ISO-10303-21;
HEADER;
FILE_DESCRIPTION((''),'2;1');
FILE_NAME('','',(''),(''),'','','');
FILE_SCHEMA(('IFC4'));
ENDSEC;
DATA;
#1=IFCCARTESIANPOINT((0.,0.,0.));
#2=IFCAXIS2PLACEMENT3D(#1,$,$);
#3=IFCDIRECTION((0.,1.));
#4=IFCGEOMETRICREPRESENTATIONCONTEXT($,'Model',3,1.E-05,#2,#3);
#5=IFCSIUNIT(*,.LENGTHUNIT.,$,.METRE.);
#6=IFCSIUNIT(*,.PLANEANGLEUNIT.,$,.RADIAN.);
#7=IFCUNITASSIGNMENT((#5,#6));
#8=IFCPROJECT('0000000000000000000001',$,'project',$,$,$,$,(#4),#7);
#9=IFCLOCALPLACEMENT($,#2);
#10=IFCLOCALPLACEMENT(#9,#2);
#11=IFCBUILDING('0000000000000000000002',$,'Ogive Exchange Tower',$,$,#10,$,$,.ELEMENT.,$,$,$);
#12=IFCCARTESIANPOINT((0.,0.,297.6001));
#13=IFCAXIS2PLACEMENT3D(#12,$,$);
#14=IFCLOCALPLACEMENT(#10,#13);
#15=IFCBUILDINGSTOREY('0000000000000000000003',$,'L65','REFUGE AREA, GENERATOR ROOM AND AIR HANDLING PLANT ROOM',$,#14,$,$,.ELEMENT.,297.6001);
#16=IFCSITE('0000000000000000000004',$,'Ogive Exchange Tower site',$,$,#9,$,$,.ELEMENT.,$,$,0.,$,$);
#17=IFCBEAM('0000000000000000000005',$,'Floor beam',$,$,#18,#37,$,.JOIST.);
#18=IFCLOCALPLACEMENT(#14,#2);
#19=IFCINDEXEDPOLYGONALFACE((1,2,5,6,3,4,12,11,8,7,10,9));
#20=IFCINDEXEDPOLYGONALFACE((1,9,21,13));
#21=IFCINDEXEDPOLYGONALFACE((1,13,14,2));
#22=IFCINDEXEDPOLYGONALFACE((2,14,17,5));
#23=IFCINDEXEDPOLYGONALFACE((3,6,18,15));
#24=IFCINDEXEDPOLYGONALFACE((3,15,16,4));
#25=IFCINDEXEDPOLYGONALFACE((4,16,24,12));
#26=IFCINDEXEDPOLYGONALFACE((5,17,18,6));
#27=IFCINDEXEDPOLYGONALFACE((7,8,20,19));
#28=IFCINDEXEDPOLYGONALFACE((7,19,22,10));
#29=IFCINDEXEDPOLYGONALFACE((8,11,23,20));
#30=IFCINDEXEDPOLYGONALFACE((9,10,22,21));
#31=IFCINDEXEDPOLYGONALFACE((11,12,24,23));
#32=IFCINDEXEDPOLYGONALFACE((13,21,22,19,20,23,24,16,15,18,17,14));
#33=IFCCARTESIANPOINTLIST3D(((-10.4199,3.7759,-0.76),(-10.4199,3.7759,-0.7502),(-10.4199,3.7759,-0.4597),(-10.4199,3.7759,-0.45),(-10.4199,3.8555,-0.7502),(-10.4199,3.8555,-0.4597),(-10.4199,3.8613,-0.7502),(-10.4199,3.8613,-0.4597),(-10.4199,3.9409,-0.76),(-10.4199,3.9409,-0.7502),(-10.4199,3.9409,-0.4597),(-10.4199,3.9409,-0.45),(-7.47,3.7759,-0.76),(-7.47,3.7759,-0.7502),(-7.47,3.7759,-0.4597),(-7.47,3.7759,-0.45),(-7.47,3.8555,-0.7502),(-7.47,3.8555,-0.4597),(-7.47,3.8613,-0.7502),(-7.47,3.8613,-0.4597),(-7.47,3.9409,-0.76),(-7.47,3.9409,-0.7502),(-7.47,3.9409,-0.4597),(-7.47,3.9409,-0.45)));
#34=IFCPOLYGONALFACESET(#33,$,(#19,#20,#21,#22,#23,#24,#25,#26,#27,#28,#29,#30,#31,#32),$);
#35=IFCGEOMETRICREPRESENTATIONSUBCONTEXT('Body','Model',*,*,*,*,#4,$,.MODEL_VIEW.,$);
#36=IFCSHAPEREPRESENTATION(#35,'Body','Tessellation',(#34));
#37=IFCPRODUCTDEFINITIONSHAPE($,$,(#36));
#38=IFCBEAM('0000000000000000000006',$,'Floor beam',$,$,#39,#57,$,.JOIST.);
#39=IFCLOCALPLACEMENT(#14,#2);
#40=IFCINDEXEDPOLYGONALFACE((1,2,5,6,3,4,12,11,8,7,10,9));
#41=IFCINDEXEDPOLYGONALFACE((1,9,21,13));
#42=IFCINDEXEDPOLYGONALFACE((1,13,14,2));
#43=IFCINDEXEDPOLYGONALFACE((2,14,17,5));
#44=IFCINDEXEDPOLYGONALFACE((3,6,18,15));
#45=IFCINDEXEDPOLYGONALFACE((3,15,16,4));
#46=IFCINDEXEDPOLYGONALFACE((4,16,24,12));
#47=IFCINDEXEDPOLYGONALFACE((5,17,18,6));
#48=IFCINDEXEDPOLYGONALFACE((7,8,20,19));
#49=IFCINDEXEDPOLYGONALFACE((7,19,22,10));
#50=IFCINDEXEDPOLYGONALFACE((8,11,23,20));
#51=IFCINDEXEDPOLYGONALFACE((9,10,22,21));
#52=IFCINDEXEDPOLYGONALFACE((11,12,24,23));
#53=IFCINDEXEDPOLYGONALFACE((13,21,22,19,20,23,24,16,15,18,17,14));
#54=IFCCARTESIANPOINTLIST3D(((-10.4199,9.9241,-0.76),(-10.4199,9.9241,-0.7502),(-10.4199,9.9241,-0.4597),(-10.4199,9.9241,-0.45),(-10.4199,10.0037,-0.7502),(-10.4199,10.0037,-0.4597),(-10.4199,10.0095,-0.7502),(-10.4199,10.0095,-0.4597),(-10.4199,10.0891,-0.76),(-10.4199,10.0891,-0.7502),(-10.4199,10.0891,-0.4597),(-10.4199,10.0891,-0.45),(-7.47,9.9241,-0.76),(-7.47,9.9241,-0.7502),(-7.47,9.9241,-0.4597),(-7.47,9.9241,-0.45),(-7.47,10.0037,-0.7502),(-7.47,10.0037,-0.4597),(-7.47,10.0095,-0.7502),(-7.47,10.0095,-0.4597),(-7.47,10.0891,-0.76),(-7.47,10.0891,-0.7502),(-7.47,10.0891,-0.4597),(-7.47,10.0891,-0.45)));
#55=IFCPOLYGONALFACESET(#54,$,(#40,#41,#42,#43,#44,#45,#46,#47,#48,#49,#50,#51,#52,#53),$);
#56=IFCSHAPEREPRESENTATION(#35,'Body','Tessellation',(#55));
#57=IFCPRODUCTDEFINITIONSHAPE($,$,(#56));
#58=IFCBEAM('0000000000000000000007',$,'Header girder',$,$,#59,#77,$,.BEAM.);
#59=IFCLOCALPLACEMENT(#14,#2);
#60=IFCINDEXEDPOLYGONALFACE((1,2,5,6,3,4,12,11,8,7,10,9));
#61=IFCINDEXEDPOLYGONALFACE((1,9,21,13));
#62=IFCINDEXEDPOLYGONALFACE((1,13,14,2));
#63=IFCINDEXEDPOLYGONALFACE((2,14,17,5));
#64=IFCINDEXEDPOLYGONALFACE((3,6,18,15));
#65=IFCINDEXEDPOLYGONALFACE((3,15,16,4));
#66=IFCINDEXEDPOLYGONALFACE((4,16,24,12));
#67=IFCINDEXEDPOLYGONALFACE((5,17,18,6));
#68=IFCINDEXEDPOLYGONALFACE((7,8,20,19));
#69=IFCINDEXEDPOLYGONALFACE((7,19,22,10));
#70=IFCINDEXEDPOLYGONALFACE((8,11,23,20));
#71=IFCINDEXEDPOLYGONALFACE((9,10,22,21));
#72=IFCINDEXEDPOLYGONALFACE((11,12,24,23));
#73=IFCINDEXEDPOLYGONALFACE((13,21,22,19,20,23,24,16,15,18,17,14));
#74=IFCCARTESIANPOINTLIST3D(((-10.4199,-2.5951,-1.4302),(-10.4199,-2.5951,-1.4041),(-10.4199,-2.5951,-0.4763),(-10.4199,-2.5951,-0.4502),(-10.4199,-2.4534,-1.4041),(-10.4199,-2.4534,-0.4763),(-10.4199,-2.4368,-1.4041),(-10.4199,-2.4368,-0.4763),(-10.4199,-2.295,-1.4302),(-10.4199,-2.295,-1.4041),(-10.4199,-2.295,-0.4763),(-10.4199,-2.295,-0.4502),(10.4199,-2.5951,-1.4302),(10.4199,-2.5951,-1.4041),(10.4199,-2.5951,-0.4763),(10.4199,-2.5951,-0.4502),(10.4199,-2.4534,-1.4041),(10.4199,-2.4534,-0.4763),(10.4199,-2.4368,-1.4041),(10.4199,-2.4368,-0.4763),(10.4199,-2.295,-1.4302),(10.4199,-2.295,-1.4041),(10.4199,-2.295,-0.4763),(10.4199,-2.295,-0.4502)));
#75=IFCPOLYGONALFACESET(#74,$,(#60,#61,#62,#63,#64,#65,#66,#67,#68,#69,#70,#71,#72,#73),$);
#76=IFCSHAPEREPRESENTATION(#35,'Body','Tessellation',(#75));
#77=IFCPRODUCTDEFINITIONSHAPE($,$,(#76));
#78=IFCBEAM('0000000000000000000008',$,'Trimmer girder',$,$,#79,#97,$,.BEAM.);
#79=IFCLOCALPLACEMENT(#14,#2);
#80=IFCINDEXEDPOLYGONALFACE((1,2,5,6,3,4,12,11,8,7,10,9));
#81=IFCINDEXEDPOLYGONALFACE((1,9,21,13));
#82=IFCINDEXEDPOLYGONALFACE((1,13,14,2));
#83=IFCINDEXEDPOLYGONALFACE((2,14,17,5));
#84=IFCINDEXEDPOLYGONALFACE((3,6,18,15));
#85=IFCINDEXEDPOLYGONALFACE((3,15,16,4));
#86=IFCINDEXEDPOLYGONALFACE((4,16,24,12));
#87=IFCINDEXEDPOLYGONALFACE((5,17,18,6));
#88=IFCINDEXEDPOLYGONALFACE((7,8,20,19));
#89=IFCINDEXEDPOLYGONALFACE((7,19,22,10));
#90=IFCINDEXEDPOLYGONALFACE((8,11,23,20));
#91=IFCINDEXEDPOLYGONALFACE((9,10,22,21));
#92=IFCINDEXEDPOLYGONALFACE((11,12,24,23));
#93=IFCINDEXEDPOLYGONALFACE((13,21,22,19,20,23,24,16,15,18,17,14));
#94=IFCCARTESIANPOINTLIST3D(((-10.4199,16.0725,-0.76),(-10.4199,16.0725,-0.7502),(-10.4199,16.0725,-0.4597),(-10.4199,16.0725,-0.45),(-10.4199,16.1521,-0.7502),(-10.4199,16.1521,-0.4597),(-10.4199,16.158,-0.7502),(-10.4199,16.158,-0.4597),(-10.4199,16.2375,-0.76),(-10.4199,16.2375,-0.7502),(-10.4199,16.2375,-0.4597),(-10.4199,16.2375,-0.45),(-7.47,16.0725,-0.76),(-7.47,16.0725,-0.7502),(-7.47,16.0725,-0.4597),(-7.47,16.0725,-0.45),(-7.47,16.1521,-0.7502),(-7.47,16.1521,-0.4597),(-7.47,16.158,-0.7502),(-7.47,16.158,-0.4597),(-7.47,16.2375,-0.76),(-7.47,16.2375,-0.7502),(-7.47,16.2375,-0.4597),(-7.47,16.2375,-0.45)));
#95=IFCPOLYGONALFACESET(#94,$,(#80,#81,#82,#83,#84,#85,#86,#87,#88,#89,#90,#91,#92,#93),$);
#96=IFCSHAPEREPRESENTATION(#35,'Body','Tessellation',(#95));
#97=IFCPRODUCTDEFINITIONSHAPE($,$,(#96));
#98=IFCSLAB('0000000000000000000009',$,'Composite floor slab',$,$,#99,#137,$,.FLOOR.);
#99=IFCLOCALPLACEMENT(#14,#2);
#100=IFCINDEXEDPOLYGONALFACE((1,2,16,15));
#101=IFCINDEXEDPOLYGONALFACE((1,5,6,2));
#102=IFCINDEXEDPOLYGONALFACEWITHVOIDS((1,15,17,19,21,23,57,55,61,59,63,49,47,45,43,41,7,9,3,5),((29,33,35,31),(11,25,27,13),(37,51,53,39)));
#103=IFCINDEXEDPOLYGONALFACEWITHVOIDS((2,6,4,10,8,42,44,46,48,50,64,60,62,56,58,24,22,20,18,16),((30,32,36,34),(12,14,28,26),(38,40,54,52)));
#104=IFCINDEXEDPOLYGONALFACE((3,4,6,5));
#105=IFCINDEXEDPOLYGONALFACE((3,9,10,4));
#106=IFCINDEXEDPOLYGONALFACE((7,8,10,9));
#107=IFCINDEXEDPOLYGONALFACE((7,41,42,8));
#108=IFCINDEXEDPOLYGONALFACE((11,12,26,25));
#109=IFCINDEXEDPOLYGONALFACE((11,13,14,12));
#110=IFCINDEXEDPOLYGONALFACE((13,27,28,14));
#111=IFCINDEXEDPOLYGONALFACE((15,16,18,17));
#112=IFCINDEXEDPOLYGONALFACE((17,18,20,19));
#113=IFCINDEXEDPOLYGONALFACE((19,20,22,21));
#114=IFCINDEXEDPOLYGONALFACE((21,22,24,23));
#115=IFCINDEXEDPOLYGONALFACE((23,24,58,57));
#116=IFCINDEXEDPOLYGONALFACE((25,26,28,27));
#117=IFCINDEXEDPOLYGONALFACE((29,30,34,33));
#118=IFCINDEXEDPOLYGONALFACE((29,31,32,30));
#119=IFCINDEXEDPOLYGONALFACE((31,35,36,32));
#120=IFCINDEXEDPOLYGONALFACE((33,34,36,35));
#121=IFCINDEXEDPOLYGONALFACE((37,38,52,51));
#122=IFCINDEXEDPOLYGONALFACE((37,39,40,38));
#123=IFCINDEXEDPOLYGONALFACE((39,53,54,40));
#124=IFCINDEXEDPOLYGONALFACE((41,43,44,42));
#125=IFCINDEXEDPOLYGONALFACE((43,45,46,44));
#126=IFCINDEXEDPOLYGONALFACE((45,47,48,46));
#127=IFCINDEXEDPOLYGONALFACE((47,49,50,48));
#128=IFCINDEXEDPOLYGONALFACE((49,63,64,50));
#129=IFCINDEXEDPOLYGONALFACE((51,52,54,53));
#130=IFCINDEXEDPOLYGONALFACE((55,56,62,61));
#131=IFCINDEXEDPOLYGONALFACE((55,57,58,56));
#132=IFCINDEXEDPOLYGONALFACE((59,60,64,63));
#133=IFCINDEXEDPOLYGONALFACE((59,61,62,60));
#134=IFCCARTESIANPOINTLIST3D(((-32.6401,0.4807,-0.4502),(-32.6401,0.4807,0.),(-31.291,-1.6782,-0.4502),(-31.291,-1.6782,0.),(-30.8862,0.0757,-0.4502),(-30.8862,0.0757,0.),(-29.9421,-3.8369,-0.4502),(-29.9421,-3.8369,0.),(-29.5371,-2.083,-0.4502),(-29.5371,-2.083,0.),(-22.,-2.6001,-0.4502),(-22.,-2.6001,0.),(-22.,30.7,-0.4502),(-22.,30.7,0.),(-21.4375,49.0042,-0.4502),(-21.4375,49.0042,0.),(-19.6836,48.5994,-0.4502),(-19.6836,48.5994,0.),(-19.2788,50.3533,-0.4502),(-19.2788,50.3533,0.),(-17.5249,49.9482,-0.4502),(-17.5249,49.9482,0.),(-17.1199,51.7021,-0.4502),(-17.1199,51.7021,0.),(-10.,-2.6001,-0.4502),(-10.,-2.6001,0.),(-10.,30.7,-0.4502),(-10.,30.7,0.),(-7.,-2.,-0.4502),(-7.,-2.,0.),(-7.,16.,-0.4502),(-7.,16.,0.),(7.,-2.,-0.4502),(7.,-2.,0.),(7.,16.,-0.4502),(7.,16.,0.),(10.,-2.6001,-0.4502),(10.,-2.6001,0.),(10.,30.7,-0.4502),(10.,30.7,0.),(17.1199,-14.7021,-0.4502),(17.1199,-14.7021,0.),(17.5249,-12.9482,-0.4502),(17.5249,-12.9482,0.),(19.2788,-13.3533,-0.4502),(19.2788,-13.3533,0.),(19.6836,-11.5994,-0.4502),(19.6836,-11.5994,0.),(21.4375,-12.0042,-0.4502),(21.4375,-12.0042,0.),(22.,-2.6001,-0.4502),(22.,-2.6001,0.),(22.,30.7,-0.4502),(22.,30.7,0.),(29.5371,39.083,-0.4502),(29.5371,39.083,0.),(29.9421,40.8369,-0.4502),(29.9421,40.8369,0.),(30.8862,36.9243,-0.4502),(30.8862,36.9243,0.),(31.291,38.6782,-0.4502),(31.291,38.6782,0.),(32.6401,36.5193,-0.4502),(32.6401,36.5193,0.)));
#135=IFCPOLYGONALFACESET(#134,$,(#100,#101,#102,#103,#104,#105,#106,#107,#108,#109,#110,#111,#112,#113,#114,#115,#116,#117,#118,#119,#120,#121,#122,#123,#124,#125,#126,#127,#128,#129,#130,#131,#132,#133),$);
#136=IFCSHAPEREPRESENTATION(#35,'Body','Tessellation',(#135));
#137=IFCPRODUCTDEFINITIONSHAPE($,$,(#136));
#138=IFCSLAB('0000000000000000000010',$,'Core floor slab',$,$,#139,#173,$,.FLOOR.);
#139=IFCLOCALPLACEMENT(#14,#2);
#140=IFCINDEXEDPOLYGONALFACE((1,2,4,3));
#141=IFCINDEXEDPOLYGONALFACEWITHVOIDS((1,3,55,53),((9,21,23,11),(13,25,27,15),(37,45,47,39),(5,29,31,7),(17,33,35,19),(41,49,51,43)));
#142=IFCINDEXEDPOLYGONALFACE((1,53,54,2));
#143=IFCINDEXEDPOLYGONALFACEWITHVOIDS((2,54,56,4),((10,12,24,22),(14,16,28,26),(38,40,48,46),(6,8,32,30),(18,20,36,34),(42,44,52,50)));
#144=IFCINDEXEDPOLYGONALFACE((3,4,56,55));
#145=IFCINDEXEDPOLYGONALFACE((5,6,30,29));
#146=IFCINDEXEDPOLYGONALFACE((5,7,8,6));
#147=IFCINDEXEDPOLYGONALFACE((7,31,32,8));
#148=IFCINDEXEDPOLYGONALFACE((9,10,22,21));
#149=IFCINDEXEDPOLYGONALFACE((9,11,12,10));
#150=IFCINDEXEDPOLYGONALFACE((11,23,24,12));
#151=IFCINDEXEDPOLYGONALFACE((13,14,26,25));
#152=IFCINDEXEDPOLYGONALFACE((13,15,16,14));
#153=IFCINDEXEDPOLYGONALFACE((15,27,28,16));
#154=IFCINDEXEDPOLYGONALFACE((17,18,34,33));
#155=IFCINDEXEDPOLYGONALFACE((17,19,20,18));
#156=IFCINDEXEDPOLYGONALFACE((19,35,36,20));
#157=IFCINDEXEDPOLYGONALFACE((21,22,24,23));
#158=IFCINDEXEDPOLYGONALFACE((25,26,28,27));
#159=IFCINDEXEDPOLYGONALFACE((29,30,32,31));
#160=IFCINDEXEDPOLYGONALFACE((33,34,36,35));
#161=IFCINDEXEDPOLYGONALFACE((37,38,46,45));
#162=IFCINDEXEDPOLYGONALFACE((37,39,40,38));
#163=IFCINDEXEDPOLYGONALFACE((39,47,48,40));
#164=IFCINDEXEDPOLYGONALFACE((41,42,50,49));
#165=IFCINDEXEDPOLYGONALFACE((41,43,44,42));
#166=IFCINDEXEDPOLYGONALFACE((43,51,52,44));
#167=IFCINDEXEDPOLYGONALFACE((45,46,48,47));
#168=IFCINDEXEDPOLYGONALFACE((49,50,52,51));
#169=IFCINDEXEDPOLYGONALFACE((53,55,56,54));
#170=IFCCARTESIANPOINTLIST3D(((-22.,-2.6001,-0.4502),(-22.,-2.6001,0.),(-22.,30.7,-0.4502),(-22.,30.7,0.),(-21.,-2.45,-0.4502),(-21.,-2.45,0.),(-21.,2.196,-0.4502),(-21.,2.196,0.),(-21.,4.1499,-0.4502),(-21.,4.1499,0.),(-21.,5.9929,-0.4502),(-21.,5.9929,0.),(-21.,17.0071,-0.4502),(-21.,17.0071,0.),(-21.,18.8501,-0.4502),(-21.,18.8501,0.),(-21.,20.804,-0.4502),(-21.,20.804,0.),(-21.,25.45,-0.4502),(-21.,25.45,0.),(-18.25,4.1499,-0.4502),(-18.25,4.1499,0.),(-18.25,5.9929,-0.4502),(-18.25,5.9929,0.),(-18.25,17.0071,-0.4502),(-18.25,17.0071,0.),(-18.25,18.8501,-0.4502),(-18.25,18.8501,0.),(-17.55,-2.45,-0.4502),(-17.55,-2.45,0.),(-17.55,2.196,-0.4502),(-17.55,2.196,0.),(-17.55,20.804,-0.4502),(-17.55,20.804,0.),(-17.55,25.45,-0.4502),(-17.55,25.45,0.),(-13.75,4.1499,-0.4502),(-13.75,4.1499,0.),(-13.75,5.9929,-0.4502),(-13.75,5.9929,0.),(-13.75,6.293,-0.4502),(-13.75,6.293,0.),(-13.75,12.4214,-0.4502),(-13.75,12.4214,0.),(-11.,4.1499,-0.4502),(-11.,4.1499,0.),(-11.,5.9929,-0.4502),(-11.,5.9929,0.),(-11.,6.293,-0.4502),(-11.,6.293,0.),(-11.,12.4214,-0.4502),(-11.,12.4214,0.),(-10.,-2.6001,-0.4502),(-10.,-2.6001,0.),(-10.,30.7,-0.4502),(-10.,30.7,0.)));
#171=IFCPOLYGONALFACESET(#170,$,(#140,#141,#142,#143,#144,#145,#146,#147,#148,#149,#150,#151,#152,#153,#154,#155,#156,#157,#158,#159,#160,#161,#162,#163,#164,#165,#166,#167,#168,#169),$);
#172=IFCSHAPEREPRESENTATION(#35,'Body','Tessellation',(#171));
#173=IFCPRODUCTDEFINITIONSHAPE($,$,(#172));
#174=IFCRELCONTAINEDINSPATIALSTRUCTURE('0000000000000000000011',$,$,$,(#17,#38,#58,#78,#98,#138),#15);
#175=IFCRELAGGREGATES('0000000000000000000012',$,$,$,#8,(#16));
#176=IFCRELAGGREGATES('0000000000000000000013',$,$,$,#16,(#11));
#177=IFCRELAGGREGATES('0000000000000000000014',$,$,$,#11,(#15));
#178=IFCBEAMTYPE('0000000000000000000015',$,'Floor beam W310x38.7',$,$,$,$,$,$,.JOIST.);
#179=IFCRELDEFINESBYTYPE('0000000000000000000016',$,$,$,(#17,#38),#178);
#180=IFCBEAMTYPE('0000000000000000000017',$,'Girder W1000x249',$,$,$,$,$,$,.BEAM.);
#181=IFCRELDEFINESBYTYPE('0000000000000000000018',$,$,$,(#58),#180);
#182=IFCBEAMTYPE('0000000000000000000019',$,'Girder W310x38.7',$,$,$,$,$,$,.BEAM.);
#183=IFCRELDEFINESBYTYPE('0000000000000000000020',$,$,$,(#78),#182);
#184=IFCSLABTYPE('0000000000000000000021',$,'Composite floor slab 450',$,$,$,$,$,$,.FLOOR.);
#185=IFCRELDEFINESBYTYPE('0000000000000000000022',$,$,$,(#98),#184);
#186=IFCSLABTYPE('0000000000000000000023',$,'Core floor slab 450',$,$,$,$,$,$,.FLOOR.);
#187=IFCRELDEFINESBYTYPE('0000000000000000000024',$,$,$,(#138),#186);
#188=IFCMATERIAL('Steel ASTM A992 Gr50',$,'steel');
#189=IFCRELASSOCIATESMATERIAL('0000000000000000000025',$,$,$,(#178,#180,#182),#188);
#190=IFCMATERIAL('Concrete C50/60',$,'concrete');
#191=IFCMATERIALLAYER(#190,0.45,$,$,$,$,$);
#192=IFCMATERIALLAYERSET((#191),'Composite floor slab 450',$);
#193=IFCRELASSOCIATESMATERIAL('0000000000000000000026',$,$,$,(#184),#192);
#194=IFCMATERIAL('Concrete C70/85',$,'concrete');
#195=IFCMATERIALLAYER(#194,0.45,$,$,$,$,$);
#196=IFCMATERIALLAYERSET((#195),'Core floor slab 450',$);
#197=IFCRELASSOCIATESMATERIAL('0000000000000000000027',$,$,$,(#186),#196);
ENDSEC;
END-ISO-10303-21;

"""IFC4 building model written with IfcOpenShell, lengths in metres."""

from ifc_helpers import new_model, si_unit, direction, frame, origin, origin_2d, place, context, subcontext, project, spatial, polyline, i_section, outline, extrude, material, layer, layer_set, material_profile, profile_set, type_object, element, save


model = new_model("IFC4")

# Units and contexts
model_context = context("Model", 3, precision=1e-05, world=origin(), true_north=direction((0.0, 1.0)))
body_context = subcontext(model_context, "Body", "Model", "MODEL_VIEW")
ifc_project = project(units=[si_unit("LENGTHUNIT", "METRE"), si_unit("PLANEANGLEUNIT", "RADIAN")], contexts=[model_context])

# Site, building, storey
site_placement = place(None, origin())
site = spatial("IfcSite", under=ifc_project, at=site_placement, Name="Ogive Exchange Tower site", CompositionType="ELEMENT", RefElevation=0.0)
building_placement = place(site_placement, origin())
building = spatial("IfcBuilding", under=site, at=building_placement, Name="Ogive Exchange Tower", CompositionType="ELEMENT")
storey_placement = place(building_placement, frame((0.0, 0.0, 297.6001)))
storey = spatial("IfcBuildingStorey", under=building, at=storey_placement, Name="L65", Description="REFUGE AREA, GENERATOR ROOM AND AIR HANDLING PLANT ROOM", CompositionType="ELEMENT", Elevation=297.6001)

# Beams
ifc_material_1 = material(Name="Steel ASTM A992 Gr50", Category="steel")
ifc_material_profile_1 = material_profile(ifc_material_1, i_section(OverallWidth=0.165, OverallDepth=0.3101, WebThickness=0.0059, FlangeThickness=0.0098, at=origin_2d()), Name="W310x38.7")
ifc_profile_set_1 = profile_set([ifc_material_profile_1], Name="Steel ASTM A992 Gr50")
beam_type_1 = type_object("IfcBeamType", Name="Floor beam W310x38.7", PredefinedType="JOIST", material=ifc_profile_set_1)
for number, where, z_axis, x_axis, name in (
    (1, (-10.4199, 3.8584, -0.605), (1.0, 0.0, 0.0), (0.0, 1.0, 0.0), "Floor beam"),
    (2, (-10.4199, 10.0066, -0.605), (1.0, 0.0, 0.0), (0.0, 1.0, 0.0), "Floor beam"),
):
    element("IfcBeam", number, at=place(storey_placement, frame(where, z_axis=z_axis, x_axis=x_axis)), inside=storey, type_object=beam_type_1, Name=name, PredefinedType="JOIST", context=body_context, shape_type="SweptSolid", body=[
        extrude(i_section(OverallWidth=0.165, OverallDepth=0.3101, WebThickness=0.0059, FlangeThickness=0.0098, at=origin_2d()), origin(), (0.0, 0.0, 1.0), 2.95),
    ])
ifc_material_profile_2 = material_profile(ifc_material_1, i_section(OverallWidth=0.3, OverallDepth=0.98, WebThickness=0.0166, FlangeThickness=0.0261, at=origin_2d()), Name="W1000x249")
ifc_profile_set_2 = profile_set([ifc_material_profile_2], Name="Steel ASTM A992 Gr50")
beam_type_2 = type_object("IfcBeamType", Name="Girder W1000x249", PredefinedType="BEAM", material=ifc_profile_set_2)
beam_1_placement = place(storey_placement, frame((-10.4199, -2.4451, -0.9402), z_axis=(1.0, 0.0, 0.0), x_axis=(0.0, 1.0, 0.0)))
element("IfcBeam", 3, at=beam_1_placement, inside=storey, type_object=beam_type_2, Name="Header girder", PredefinedType="BEAM", context=body_context, shape_type="SweptSolid", body=[
    extrude(i_section(OverallWidth=0.3, OverallDepth=0.98, WebThickness=0.0166, FlangeThickness=0.0261, at=origin_2d()), origin(), (0.0, 0.0, 1.0), 20.8398),
])
ifc_material_profile_3 = material_profile(ifc_material_1, i_section(OverallWidth=0.165, OverallDepth=0.3101, WebThickness=0.0059, FlangeThickness=0.0098, at=origin_2d()), Name="W310x38.7")
ifc_profile_set_3 = profile_set([ifc_material_profile_3], Name="Steel ASTM A992 Gr50")
beam_type_3 = type_object("IfcBeamType", Name="Girder W310x38.7", PredefinedType="BEAM", material=ifc_profile_set_3)
beam_2_placement = place(storey_placement, frame((-10.4199, 16.155, -0.605), z_axis=(1.0, 0.0, 0.0), x_axis=(0.0, 1.0, 0.0)))
element("IfcBeam", 4, at=beam_2_placement, inside=storey, type_object=beam_type_3, Name="Trimmer girder", PredefinedType="BEAM", context=body_context, shape_type="SweptSolid", body=[
    extrude(i_section(OverallWidth=0.165, OverallDepth=0.3101, WebThickness=0.0059, FlangeThickness=0.0098, at=origin_2d()), origin(), (0.0, 0.0, 1.0), 2.95),
])

# Slabs
ifc_material_2 = material(Name="Concrete C50/60", Category="concrete")
ifc_layer_1 = layer(ifc_material_2, 0.45)
ifc_layer_set_1 = layer_set([ifc_layer_1], Name="Composite floor slab 450")
slab_type_1 = type_object("IfcSlabType", Name="Composite floor slab 450", PredefinedType="FLOOR", material=ifc_layer_set_1)
slab_1_placement = place(storey_placement, frame((0.0, 0.0, -0.4502)))
element("IfcSlab", 5, at=slab_1_placement, inside=storey, type_object=slab_type_1, Name="Composite floor slab", PredefinedType="FLOOR", context=body_context, shape_type="SweptSolid", body=[
    extrude(outline(polyline([(-29.5371, -2.083), (-31.291, -1.6782), (-30.8862, 0.0757), (-32.6401, 0.4807), (-21.4375, 49.0042), (-19.6836, 48.5994), (-19.2788, 50.3533), (-17.5249, 49.9482), (-17.1199, 51.7021), (29.9421, 40.8369), (29.5371, 39.083), (31.291, 38.6782), (30.8862, 36.9243), (32.6401, 36.5193), (21.4375, -12.0042), (19.6836, -11.5994), (19.2788, -13.3533), (17.5249, -12.9482), (17.1199, -14.7021), (-29.9421, -3.8369), (-29.5371, -2.083)]), holes=[polyline([(7.0, -2.0), (7.0, 16.0), (-7.0, 16.0), (-7.0, -2.0), (7.0, -2.0)]), polyline([(-22.0, -2.6001), (-10.0, -2.6001), (-10.0, 30.7), (-22.0, 30.7), (-22.0, -2.6001)]), polyline([(10.0, -2.6001), (22.0, -2.6001), (22.0, 30.7), (10.0, 30.7), (10.0, -2.6001)])]), origin(), (0.0, 0.0, 1.0), 0.4502),
])
ifc_material_3 = material(Name="Concrete C70/85", Category="concrete")
ifc_layer_2 = layer(ifc_material_3, 0.45)
ifc_layer_set_2 = layer_set([ifc_layer_2], Name="Core floor slab 450")
slab_type_2 = type_object("IfcSlabType", Name="Core floor slab 450", PredefinedType="FLOOR", material=ifc_layer_set_2)
slab_2_placement = place(storey_placement, frame((0.0, 0.0, -0.4502)))
element("IfcSlab", 6, at=slab_2_placement, inside=storey, type_object=slab_type_2, Name="Core floor slab", PredefinedType="FLOOR", context=body_context, shape_type="SweptSolid", body=[
    extrude(outline(polyline([(-22.0, -2.6001), (-22.0, 30.7), (-10.0, 30.7), (-10.0, -2.6001), (-22.0, -2.6001)]), holes=[polyline([(-17.55, 2.196), (-21.0, 2.196), (-21.0, -2.45), (-17.55, -2.45), (-17.55, 2.196)]), polyline([(-18.25, 5.9929), (-21.0, 5.9929), (-21.0, 4.1499), (-18.25, 4.1499), (-18.25, 5.9929)]), polyline([(-11.0, 5.9929), (-13.75, 5.9929), (-13.75, 4.1499), (-11.0, 4.1499), (-11.0, 5.9929)]), polyline([(-13.75, 12.4214), (-13.75, 6.293), (-11.0, 6.293), (-11.0, 12.4214), (-13.75, 12.4214)]), polyline([(-18.25, 18.8501), (-21.0, 18.8501), (-21.0, 17.0071), (-18.25, 17.0071), (-18.25, 18.8501)]), polyline([(-21.0, 25.45), (-21.0, 20.804), (-17.55, 20.804), (-17.55, 25.45), (-21.0, 25.45)])]), origin(), (0.0, 0.0, 1.0), 0.4502),
])

save(model, "model.ifc")
